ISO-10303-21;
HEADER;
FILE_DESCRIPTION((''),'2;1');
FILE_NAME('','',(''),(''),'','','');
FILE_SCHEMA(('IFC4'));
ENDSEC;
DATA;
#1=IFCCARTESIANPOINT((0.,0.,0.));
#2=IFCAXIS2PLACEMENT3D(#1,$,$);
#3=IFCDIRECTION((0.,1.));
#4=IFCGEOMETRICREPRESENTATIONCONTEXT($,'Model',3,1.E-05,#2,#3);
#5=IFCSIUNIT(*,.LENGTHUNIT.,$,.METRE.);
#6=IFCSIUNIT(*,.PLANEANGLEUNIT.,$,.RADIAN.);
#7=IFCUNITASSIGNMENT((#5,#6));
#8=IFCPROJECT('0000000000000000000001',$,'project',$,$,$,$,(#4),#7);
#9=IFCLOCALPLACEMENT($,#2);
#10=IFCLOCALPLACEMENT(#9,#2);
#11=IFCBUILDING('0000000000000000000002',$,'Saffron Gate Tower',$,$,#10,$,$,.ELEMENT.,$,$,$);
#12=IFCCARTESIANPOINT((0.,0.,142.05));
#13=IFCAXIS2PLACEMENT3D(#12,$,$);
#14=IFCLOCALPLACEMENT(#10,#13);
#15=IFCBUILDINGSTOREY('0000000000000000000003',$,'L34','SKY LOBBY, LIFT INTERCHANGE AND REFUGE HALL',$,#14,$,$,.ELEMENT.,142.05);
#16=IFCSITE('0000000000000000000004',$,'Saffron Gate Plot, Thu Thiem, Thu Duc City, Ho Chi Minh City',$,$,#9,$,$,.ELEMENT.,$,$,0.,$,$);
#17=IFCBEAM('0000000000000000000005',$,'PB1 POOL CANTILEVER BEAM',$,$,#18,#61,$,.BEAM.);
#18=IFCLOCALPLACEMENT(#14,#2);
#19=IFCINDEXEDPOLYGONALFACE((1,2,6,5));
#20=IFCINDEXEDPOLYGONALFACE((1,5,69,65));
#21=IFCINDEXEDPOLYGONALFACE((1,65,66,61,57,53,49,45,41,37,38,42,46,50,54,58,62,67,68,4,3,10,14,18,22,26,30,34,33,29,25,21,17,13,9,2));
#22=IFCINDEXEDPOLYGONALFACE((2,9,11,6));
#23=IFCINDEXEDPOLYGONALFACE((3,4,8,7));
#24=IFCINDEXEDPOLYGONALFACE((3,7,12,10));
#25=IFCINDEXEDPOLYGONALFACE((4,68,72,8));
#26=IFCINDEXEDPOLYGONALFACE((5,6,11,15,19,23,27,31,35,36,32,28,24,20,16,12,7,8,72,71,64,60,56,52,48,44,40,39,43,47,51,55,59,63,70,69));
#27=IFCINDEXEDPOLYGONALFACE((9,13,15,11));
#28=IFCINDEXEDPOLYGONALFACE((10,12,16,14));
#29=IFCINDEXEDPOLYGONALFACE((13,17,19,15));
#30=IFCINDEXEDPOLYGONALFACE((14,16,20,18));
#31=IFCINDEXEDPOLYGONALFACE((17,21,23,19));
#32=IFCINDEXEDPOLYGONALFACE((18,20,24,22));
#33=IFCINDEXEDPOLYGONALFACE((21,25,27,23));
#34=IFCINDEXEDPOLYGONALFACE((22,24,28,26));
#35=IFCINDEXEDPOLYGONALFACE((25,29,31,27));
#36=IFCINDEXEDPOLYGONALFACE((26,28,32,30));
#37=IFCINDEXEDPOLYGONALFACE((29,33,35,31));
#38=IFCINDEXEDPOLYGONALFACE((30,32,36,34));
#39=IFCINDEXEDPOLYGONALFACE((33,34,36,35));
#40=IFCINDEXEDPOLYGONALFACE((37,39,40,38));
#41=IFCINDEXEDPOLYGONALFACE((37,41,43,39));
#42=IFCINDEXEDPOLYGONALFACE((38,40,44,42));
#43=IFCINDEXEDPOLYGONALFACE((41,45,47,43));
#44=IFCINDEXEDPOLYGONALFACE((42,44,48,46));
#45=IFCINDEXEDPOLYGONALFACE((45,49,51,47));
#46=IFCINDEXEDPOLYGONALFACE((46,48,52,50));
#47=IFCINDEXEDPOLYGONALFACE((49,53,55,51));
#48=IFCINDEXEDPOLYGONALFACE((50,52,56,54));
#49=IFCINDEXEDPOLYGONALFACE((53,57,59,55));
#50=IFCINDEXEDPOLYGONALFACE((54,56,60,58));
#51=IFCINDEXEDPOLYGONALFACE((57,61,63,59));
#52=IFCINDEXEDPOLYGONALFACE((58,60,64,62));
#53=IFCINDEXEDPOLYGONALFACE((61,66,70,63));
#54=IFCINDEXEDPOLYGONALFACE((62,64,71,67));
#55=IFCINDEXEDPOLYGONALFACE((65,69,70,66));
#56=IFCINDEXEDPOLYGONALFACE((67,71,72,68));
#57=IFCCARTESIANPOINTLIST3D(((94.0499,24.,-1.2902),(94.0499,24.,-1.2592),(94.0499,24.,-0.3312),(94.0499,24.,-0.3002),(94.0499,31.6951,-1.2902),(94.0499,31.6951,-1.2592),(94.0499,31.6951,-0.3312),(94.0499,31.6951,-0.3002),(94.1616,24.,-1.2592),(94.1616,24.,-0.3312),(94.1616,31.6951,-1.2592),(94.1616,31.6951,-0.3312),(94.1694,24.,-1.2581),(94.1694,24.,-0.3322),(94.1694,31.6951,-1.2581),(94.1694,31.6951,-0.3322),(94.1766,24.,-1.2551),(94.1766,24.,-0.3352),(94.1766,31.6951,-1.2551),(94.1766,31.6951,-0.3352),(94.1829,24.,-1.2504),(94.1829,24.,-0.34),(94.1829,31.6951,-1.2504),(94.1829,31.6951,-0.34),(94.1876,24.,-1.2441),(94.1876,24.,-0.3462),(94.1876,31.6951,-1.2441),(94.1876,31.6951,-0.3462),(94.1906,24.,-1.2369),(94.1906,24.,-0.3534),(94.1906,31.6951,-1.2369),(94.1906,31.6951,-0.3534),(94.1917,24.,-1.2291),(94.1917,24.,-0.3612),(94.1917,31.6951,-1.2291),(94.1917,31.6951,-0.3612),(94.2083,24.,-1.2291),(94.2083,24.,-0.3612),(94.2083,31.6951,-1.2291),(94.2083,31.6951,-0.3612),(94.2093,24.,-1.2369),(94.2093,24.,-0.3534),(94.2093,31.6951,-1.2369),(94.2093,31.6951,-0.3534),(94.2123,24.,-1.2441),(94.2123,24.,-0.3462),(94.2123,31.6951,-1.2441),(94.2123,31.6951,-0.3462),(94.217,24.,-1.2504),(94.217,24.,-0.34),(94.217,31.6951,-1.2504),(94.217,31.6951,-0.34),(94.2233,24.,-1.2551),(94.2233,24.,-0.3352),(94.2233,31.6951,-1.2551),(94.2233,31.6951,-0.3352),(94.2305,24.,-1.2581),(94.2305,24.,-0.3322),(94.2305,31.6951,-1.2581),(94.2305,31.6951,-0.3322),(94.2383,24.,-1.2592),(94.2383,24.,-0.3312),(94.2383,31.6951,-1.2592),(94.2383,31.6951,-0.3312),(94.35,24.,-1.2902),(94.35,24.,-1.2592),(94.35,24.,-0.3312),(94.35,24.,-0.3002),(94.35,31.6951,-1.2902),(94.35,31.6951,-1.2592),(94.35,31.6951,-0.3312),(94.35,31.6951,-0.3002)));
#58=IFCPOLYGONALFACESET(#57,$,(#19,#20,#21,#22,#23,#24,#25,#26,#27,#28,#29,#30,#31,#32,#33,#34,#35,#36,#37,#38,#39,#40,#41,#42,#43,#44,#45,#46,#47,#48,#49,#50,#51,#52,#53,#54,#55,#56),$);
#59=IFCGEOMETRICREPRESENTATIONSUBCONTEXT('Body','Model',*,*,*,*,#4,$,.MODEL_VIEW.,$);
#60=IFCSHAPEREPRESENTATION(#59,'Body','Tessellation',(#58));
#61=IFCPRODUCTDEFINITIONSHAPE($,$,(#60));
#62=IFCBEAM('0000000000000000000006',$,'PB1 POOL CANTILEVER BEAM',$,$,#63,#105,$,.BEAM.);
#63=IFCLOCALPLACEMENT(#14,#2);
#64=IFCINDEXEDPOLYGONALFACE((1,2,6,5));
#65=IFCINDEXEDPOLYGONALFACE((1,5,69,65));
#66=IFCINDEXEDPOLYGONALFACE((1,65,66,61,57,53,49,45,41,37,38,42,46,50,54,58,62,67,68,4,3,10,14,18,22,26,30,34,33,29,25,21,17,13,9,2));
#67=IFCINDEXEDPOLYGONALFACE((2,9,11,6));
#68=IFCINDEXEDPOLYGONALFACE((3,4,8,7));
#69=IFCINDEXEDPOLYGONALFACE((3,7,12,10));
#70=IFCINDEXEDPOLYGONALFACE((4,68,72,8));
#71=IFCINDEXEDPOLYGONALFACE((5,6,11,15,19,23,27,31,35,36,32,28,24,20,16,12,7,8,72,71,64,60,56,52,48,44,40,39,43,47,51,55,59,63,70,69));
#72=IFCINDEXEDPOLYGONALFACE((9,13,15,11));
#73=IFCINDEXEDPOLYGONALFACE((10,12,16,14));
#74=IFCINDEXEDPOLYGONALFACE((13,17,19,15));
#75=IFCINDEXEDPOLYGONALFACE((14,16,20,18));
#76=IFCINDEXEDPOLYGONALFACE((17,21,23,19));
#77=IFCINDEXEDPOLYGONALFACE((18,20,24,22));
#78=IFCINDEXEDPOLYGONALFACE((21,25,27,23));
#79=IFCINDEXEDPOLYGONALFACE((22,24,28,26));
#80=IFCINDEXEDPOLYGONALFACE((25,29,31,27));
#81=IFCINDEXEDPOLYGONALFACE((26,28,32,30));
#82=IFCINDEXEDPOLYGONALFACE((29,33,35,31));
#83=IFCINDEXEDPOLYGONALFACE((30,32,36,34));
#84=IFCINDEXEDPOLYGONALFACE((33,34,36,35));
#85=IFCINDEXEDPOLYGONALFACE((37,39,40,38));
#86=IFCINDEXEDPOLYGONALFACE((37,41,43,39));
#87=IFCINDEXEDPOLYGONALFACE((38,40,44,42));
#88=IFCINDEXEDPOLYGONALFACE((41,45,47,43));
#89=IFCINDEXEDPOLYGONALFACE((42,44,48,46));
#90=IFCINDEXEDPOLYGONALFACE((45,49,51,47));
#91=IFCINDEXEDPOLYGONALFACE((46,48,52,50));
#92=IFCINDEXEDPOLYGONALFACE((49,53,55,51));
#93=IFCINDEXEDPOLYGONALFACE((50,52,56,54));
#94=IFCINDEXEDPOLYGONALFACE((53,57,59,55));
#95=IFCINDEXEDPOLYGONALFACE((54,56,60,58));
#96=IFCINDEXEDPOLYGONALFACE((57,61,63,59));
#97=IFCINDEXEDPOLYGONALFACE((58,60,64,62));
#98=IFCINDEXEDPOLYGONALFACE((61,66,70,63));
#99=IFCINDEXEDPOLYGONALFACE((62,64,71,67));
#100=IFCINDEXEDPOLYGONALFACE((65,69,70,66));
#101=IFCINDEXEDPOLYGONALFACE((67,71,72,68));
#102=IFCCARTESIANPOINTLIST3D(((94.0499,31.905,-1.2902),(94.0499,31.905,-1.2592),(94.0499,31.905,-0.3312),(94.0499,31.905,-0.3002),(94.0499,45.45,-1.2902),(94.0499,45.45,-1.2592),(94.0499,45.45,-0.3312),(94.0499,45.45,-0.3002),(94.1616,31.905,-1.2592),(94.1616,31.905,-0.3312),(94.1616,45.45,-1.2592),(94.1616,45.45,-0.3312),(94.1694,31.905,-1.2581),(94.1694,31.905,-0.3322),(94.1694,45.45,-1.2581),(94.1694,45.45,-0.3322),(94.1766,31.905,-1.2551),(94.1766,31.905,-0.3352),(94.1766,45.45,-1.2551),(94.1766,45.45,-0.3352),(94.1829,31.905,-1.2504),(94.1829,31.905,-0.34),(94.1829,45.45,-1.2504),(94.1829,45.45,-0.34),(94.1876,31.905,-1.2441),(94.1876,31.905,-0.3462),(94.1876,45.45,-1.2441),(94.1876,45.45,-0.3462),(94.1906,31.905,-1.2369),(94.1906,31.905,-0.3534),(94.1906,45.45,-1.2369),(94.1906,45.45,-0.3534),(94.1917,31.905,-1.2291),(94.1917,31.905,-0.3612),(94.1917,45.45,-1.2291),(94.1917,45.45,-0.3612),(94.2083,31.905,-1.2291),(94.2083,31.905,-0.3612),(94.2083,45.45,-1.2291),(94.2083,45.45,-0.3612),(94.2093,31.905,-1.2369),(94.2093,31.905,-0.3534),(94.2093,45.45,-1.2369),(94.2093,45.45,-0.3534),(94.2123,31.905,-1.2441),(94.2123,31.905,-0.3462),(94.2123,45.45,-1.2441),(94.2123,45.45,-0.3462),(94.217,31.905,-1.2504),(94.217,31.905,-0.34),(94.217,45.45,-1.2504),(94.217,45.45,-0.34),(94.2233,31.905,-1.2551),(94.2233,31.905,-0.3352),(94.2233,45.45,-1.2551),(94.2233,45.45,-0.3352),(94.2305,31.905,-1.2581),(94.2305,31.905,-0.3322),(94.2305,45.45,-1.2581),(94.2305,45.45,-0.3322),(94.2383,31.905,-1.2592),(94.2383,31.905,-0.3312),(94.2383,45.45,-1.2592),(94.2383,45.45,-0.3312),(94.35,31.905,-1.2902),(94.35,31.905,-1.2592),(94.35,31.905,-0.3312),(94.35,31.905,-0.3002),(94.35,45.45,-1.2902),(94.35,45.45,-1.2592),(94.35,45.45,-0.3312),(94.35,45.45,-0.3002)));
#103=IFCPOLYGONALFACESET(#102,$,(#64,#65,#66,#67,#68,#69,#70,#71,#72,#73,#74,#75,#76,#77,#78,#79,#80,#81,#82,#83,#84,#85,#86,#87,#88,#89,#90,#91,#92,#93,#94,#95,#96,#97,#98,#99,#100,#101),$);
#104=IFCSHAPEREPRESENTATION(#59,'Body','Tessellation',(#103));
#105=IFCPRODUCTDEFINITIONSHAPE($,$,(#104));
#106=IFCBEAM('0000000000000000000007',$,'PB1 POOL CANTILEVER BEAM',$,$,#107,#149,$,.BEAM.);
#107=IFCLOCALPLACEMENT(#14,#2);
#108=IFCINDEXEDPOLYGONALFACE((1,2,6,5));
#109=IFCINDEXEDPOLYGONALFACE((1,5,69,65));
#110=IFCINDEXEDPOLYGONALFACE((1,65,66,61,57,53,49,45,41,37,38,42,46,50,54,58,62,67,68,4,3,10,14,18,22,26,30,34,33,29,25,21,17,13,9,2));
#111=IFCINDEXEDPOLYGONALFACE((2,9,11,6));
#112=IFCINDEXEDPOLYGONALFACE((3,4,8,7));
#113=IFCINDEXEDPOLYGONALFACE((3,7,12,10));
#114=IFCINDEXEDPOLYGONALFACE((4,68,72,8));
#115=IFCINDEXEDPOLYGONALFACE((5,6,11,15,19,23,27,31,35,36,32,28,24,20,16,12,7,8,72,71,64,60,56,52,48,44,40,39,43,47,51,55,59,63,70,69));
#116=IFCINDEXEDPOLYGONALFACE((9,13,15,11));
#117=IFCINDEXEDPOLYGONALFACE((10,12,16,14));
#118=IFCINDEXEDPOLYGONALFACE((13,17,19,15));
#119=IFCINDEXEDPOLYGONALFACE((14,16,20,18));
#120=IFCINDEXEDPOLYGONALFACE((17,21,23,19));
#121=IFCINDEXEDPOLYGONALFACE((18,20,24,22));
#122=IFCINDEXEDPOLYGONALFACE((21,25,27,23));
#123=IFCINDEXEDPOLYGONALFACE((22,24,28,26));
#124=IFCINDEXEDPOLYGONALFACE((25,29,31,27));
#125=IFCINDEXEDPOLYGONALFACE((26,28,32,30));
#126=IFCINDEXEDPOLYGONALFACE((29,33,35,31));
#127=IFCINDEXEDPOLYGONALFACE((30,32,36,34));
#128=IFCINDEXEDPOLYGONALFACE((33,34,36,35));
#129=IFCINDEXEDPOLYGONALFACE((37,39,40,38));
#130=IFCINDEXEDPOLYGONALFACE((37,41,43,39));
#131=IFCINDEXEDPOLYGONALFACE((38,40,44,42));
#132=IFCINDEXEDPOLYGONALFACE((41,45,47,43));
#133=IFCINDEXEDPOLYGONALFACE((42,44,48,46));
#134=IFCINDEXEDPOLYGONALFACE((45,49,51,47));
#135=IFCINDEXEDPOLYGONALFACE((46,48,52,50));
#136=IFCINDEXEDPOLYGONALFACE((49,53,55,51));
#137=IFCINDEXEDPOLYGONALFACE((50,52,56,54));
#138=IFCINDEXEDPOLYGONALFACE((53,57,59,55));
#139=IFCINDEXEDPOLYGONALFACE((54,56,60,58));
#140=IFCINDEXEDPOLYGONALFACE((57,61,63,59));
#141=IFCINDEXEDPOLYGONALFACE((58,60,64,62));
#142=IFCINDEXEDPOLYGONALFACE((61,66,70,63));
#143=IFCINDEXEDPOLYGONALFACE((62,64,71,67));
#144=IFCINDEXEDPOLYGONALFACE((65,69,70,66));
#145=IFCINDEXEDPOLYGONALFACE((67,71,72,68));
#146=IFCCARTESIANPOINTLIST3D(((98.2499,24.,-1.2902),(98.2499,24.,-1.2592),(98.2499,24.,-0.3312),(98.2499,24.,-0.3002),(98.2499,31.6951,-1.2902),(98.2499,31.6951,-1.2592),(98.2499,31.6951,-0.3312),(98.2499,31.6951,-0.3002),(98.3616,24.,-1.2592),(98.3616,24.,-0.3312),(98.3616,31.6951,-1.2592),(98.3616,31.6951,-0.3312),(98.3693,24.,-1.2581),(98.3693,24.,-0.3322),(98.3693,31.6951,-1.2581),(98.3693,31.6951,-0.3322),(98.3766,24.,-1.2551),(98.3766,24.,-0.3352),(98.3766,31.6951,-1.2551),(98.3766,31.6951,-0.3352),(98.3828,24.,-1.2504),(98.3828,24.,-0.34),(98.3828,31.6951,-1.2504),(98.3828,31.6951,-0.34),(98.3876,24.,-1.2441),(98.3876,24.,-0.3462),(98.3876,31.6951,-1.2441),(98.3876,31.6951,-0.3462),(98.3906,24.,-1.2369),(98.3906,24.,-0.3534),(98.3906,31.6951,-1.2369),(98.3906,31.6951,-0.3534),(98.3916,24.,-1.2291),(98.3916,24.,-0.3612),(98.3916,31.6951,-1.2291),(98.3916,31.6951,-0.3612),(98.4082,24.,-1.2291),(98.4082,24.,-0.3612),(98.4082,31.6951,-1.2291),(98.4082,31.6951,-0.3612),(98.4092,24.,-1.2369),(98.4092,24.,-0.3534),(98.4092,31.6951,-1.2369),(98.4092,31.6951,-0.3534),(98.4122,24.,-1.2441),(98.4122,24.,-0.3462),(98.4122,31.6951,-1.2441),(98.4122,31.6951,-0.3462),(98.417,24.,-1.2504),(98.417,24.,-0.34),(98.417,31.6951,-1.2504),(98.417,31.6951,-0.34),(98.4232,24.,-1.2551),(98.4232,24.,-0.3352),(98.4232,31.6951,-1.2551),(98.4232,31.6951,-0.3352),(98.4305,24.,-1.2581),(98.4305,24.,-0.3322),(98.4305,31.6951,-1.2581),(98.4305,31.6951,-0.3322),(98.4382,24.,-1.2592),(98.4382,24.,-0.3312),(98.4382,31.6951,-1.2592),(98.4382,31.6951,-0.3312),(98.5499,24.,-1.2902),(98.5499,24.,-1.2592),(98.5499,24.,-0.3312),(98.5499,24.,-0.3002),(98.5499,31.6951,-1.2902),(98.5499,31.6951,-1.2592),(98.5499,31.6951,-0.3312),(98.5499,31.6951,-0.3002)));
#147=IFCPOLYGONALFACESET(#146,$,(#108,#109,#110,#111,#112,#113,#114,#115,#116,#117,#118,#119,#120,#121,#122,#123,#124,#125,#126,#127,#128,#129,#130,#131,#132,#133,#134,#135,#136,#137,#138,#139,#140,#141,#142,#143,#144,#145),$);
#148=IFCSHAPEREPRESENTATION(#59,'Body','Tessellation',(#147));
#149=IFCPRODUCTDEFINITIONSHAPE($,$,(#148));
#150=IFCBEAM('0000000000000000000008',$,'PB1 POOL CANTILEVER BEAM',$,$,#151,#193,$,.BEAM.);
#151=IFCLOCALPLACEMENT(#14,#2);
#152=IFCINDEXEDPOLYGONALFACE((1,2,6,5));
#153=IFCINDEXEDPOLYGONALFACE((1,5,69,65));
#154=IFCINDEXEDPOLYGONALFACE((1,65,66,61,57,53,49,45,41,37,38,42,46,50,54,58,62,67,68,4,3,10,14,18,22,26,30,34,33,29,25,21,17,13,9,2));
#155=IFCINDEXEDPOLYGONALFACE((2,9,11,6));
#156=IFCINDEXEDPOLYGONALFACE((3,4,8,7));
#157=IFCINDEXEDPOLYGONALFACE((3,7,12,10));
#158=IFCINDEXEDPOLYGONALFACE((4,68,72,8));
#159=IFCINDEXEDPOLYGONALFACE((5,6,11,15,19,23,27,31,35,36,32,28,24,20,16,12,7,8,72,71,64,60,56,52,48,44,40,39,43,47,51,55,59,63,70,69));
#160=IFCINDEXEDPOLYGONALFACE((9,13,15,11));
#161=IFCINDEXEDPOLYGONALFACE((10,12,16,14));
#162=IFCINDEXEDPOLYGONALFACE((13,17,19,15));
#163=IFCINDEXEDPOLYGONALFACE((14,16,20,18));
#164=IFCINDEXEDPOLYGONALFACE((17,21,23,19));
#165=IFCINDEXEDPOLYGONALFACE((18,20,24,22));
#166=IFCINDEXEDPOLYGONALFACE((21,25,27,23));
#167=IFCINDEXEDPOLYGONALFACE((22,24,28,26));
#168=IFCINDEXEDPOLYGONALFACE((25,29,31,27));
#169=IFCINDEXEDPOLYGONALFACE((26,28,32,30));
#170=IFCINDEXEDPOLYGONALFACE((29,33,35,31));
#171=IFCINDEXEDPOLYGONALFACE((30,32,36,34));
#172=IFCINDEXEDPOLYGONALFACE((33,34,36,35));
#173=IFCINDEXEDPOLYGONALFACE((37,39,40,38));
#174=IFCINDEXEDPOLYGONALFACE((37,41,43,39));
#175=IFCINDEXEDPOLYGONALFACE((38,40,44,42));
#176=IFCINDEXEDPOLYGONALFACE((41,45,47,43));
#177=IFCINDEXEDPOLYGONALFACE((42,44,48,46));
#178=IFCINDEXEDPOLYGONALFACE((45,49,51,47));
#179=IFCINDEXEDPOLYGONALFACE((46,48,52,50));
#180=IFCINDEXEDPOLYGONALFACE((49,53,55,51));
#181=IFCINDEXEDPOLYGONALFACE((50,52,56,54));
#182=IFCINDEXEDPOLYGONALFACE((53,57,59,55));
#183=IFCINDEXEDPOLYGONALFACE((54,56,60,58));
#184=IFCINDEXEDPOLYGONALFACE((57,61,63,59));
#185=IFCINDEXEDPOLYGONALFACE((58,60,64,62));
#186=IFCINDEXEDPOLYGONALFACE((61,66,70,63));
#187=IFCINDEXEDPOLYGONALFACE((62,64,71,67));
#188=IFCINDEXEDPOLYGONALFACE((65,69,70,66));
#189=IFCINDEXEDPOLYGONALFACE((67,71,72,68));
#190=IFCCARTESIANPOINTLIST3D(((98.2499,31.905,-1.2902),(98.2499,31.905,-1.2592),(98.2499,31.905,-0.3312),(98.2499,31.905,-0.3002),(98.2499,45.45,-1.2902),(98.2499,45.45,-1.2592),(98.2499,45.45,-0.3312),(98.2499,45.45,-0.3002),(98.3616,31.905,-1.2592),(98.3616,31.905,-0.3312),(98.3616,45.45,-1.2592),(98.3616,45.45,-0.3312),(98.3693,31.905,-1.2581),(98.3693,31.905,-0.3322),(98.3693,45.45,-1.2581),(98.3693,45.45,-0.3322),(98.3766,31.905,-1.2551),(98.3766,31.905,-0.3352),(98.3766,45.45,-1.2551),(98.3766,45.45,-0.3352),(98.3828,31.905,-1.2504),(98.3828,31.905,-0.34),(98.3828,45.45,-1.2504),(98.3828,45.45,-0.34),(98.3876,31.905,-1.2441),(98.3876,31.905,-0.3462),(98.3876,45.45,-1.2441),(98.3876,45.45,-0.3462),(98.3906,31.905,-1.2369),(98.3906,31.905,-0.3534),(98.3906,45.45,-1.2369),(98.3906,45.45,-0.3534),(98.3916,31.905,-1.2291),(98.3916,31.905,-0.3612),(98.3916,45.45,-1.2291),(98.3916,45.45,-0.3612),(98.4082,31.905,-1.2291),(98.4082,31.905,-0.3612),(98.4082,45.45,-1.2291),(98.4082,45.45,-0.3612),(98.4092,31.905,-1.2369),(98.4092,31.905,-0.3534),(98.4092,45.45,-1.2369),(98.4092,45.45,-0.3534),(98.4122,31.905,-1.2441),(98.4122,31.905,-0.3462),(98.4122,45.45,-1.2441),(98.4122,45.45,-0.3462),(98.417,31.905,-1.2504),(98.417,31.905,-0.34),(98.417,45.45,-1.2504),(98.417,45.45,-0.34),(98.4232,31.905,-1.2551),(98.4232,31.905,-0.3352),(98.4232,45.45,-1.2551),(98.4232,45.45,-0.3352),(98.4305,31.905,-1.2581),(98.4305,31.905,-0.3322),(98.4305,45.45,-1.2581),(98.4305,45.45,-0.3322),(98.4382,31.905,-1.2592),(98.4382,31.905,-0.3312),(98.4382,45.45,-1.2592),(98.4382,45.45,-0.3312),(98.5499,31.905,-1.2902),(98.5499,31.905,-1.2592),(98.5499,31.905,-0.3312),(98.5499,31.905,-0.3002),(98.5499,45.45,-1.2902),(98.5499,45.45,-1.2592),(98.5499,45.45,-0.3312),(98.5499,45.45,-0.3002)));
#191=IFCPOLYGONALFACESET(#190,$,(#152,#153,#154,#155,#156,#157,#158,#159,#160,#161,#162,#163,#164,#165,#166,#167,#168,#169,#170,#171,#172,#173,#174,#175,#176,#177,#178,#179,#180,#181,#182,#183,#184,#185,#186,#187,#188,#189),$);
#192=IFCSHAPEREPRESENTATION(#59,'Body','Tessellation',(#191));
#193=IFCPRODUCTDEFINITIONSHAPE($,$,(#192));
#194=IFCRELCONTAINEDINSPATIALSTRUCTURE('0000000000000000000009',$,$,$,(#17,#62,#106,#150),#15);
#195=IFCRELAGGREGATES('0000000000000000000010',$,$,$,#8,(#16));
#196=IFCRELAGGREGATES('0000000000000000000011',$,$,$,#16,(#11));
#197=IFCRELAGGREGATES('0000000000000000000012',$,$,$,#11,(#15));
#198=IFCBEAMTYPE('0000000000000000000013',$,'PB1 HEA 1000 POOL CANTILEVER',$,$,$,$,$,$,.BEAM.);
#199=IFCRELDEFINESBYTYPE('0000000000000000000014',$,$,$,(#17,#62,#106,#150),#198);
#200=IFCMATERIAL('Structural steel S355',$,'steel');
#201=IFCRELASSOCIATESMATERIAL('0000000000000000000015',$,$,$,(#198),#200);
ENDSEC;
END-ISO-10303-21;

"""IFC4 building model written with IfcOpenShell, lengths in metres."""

from ifc_helpers import new_model, si_unit, direction, frame, origin, origin_2d, place, context, subcontext, project, spatial, i_section, extrude, material, material_profile, profile_set, type_object, element, save


model = new_model("IFC4")

# Units and contexts
model_context = context("Model", 3, precision=1e-05, world=origin(), true_north=direction((0.0, 1.0)))
body_context = subcontext(model_context, "Body", "Model", "MODEL_VIEW")
ifc_project = project(units=[si_unit("LENGTHUNIT", "METRE"), si_unit("PLANEANGLEUNIT", "RADIAN")], contexts=[model_context])

# Site, building, storey
site_placement = place(None, origin())
site = spatial("IfcSite", under=ifc_project, at=site_placement, Name="Saffron Gate Plot, Thu Thiem, Thu Duc City, Ho Chi Minh City", CompositionType="ELEMENT", RefElevation=0.0)
building_placement = place(site_placement, origin())
building = spatial("IfcBuilding", under=site, at=building_placement, Name="Saffron Gate Tower", CompositionType="ELEMENT")
storey_placement = place(building_placement, frame((0.0, 0.0, 142.05)))
storey = spatial("IfcBuildingStorey", under=building, at=storey_placement, Name="L34", Description="SKY LOBBY, LIFT INTERCHANGE AND REFUGE HALL", CompositionType="ELEMENT", Elevation=142.05)

# Shared definitions
ifc_material_1 = material(Name="Structural steel S355", Category="steel")

# Beams
ifc_material_profile_1 = material_profile(ifc_material_1, i_section(OverallWidth=0.3, OverallDepth=0.99, WebThickness=0.0166, FlangeThickness=0.031, FilletRadius=0.03, at=origin_2d()))
ifc_profile_set_1 = profile_set([ifc_material_profile_1], Name="Structural steel S355")
beam_type_1 = type_object("IfcBeamType", Name="PB1 HEA 1000 POOL CANTILEVER", PredefinedType="BEAM", material=ifc_profile_set_1)
beam_1_placement = place(storey_placement, frame((94.2, 24.0, -0.7952), z_axis=(0.0, 1.0, 0.0), x_axis=(-1.0, 0.0, 0.0)))
element("IfcBeam", 1, at=beam_1_placement, inside=storey, type_object=beam_type_1, Name="PB1 POOL CANTILEVER BEAM", PredefinedType="BEAM", context=body_context, shape_type="SweptSolid", body=[
    extrude(i_section(OverallWidth=0.3, OverallDepth=0.99, WebThickness=0.0166, FlangeThickness=0.031, FilletRadius=0.03, at=origin_2d()), origin(), (0.0, 0.0, 1.0), 7.6951),
])
beam_2_placement = place(storey_placement, frame((94.2, 31.905, -0.7952), z_axis=(0.0, 1.0, 0.0), x_axis=(-1.0, 0.0, 0.0)))
element("IfcBeam", 2, at=beam_2_placement, inside=storey, type_object=beam_type_1, Name="PB1 POOL CANTILEVER BEAM", PredefinedType="BEAM", context=body_context, shape_type="SweptSolid", body=[
    extrude(i_section(OverallWidth=0.3, OverallDepth=0.99, WebThickness=0.0166, FlangeThickness=0.031, FilletRadius=0.03, at=origin_2d()), origin(), (0.0, 0.0, 1.0), 13.5449),
])
beam_3_placement = place(storey_placement, frame((98.3999, 24.0, -0.7952), z_axis=(0.0, 1.0, 0.0), x_axis=(-1.0, 0.0, 0.0)))
element("IfcBeam", 3, at=beam_3_placement, inside=storey, type_object=beam_type_1, Name="PB1 POOL CANTILEVER BEAM", PredefinedType="BEAM", context=body_context, shape_type="SweptSolid", body=[
    extrude(i_section(OverallWidth=0.3, OverallDepth=0.99, WebThickness=0.0166, FlangeThickness=0.031, FilletRadius=0.03, at=origin_2d()), origin(), (0.0, 0.0, 1.0), 7.6951),
])
beam_4_placement = place(storey_placement, frame((98.3999, 31.905, -0.7952), z_axis=(0.0, 1.0, 0.0), x_axis=(-1.0, 0.0, 0.0)))
element("IfcBeam", 4, at=beam_4_placement, inside=storey, type_object=beam_type_1, Name="PB1 POOL CANTILEVER BEAM", PredefinedType="BEAM", context=body_context, shape_type="SweptSolid", body=[
    extrude(i_section(OverallWidth=0.3, OverallDepth=0.99, WebThickness=0.0166, FlangeThickness=0.031, FilletRadius=0.03, at=origin_2d()), origin(), (0.0, 0.0, 1.0), 13.5449),
])

save(model, "model.ifc")
